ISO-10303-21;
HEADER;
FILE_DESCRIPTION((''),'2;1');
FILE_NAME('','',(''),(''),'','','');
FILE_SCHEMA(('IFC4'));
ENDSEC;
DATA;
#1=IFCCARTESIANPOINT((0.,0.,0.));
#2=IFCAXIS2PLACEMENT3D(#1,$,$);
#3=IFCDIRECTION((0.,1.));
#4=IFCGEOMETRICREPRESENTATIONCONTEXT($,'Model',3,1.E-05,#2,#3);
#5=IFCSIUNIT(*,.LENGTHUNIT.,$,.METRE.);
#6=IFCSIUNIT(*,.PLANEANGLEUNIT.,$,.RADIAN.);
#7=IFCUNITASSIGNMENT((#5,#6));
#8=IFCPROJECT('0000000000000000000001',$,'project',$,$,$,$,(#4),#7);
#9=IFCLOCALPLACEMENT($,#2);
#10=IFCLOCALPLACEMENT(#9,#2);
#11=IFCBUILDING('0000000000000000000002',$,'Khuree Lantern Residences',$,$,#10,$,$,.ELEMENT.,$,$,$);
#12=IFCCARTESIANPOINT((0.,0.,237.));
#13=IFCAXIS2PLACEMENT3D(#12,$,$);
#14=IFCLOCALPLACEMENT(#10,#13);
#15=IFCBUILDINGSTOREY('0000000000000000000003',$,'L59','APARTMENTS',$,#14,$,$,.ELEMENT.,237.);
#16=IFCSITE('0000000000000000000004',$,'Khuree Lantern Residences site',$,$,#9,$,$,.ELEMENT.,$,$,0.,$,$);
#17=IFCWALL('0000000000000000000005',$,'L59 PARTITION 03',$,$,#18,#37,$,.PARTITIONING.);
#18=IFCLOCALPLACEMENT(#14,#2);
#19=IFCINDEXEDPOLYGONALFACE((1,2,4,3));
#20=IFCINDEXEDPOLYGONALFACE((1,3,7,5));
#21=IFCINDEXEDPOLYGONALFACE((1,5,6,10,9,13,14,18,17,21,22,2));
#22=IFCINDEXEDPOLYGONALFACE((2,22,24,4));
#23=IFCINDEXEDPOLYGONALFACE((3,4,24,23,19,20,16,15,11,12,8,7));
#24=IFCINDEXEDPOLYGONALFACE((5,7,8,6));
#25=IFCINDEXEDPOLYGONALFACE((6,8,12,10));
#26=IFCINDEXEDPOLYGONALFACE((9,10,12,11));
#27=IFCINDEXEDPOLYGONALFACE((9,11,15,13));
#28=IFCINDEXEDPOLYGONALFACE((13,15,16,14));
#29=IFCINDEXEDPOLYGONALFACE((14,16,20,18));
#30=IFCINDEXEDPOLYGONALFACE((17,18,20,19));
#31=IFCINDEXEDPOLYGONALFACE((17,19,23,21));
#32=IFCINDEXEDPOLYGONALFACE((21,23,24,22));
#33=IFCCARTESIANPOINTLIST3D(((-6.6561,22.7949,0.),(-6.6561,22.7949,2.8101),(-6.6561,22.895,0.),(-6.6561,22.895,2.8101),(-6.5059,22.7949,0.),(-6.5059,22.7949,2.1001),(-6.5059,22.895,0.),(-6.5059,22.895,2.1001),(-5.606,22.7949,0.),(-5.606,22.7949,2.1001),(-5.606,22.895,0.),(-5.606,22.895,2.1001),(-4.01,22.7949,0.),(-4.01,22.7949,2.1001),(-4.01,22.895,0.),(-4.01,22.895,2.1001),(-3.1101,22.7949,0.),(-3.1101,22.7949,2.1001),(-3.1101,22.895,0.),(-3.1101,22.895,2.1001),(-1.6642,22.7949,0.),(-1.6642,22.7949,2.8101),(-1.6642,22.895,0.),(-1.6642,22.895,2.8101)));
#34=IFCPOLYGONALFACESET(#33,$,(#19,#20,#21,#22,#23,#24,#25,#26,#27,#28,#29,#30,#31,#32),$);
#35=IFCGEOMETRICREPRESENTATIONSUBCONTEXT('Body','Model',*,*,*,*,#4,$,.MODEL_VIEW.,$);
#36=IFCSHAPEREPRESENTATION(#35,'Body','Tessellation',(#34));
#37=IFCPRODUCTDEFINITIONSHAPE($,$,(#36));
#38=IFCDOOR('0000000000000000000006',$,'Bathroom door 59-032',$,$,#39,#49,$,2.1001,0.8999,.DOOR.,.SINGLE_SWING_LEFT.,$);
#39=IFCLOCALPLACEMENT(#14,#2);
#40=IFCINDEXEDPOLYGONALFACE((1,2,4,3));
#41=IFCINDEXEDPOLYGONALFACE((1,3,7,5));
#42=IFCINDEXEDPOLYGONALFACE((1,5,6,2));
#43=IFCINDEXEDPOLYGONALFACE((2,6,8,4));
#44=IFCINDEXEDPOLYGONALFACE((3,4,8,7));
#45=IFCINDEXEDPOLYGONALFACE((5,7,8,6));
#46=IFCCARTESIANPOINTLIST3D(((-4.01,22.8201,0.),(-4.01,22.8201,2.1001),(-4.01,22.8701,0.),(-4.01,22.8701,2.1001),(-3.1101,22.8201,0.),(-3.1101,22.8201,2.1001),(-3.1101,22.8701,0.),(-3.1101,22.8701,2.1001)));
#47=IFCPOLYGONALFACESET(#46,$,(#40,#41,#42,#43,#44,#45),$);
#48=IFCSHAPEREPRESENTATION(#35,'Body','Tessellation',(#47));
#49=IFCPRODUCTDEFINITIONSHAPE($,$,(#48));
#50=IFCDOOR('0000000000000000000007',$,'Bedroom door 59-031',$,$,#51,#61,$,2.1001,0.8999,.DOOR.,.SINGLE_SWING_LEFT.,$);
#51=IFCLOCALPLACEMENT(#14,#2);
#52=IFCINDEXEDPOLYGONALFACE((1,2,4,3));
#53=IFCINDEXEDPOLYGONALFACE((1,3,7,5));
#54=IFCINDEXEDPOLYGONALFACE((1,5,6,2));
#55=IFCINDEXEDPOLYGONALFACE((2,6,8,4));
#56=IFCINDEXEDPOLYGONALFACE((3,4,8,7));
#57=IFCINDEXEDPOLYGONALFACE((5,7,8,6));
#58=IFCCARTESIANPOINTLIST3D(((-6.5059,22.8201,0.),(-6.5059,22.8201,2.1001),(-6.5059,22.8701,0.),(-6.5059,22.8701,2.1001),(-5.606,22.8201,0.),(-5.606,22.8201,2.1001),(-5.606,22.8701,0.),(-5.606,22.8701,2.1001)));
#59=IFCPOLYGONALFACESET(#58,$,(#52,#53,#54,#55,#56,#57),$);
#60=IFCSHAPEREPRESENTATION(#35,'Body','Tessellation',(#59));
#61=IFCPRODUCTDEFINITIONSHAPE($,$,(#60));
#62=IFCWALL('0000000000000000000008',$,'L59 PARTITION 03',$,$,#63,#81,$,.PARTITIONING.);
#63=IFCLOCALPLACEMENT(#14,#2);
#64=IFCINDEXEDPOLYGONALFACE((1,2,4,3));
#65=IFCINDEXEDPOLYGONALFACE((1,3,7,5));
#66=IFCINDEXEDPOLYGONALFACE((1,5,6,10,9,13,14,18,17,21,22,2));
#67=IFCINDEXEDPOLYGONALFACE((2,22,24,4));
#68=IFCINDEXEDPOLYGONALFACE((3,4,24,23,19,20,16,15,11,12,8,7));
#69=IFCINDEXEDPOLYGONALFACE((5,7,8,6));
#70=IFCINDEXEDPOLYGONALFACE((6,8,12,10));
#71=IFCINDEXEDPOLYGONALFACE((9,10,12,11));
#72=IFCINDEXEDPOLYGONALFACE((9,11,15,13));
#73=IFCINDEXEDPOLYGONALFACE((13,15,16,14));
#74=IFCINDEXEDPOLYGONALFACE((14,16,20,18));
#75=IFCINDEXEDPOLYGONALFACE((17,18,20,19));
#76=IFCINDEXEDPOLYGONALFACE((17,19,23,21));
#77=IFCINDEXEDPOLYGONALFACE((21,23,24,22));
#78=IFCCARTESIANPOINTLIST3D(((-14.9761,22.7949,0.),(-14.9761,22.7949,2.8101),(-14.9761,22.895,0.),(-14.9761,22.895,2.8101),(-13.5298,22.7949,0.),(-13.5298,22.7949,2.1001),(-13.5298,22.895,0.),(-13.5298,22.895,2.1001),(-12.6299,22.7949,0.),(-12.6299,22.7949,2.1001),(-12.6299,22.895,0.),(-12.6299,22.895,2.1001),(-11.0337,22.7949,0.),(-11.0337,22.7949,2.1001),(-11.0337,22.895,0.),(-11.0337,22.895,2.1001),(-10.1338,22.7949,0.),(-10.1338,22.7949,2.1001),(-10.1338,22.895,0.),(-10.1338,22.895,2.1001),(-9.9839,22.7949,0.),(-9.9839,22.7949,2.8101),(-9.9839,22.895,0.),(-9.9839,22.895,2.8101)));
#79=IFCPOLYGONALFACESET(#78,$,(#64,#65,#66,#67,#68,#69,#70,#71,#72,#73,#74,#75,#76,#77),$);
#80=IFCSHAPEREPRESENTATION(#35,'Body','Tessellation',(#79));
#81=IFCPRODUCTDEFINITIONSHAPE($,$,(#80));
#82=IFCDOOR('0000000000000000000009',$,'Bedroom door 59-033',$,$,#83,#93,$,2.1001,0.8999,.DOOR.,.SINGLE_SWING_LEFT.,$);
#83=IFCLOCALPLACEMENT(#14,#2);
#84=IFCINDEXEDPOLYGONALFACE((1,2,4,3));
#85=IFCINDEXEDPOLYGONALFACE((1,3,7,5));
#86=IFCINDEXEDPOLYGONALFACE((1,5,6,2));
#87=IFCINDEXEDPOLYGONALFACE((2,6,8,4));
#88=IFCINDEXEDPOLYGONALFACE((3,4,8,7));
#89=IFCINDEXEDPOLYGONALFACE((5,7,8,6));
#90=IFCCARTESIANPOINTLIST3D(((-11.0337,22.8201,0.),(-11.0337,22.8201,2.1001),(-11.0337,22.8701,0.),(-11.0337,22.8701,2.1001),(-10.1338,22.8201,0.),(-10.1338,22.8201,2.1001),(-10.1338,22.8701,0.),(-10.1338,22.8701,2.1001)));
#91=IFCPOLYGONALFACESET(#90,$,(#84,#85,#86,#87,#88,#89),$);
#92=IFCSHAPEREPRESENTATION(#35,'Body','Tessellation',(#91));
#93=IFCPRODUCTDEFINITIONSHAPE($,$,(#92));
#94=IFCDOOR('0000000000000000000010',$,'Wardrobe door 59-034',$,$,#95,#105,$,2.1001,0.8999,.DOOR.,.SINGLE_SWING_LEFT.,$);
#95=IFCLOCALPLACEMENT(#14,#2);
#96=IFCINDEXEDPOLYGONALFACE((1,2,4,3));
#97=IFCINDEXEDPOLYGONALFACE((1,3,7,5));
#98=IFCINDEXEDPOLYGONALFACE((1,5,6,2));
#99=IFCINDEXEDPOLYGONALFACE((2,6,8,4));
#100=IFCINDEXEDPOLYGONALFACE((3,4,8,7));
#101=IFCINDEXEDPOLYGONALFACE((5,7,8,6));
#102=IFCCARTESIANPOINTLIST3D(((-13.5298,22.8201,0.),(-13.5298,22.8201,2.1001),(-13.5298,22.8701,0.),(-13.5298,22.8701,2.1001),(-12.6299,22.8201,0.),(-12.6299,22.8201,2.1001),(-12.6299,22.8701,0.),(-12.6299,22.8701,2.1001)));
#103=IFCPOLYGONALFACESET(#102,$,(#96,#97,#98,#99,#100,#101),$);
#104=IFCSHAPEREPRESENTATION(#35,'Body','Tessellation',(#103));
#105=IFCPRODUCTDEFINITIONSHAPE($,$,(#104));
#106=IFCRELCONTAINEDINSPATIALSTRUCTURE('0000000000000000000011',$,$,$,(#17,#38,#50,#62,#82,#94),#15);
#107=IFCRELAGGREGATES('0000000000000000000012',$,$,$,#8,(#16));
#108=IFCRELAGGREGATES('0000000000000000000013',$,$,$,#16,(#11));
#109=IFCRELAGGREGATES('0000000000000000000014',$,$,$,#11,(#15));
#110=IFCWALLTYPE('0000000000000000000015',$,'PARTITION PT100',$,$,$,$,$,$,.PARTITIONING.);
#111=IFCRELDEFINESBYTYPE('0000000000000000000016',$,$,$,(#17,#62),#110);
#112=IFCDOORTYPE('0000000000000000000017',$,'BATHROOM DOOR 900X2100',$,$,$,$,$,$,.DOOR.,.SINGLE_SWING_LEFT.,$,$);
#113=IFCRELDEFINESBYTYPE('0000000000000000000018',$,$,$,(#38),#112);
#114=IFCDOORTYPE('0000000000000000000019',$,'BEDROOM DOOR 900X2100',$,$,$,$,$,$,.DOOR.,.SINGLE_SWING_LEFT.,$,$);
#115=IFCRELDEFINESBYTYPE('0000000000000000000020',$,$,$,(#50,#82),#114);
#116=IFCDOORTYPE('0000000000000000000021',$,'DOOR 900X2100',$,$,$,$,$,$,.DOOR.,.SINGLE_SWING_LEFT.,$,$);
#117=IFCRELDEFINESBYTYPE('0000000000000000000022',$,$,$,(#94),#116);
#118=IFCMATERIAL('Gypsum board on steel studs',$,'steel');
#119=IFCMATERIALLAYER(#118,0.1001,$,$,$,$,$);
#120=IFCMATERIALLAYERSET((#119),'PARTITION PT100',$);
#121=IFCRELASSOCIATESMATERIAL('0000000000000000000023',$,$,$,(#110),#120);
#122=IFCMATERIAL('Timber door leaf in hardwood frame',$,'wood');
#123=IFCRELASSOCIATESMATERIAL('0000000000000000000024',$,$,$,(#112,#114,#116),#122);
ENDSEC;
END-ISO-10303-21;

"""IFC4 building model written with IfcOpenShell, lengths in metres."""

from ifc_helpers import new_model, si_unit, direction, frame, frame_2d, origin, place, context, subcontext, project, spatial, rectangle, extrude, material, layer, layer_set, type_object, element, fill, save


model = new_model("IFC4")

# Units and contexts
model_context = context("Model", 3, precision=1e-05, world=origin(), true_north=direction((0.0, 1.0)))
body_context = subcontext(model_context, "Body", "Model", "MODEL_VIEW")
ifc_project = project(units=[si_unit("LENGTHUNIT", "METRE"), si_unit("PLANEANGLEUNIT", "RADIAN")], contexts=[model_context])

# Site, building, storey
site_placement = place(None, origin())
site = spatial("IfcSite", under=ifc_project, at=site_placement, Name="Khuree Lantern Residences site", CompositionType="ELEMENT", RefElevation=0.0)
building_placement = place(site_placement, origin())
building = spatial("IfcBuilding", under=site, at=building_placement, Name="Khuree Lantern Residences", CompositionType="ELEMENT")
storey_placement = place(building_placement, frame((0.0, 0.0, 237.0)))
storey = spatial("IfcBuildingStorey", under=building, at=storey_placement, Name="L59", Description="APARTMENTS", CompositionType="ELEMENT", Elevation=237.0)

# Walls, openings, doors
ifc_material_1 = material(Name="Gypsum board on steel studs", Category="steel")
ifc_layer_1 = layer(ifc_material_1, 0.1001)
ifc_layer_set_1 = layer_set([ifc_layer_1], Name="PARTITION PT100")
wall_type_1 = type_object("IfcWallType", Name="PARTITION PT100", PredefinedType="PARTITIONING", material=ifc_layer_set_1)
wall_1_placement = place(storey_placement, frame((-1.6641, 22.845, 0.0), z_axis=(0.0, 0.0, 1.0), x_axis=(-1.0, 0.0, 0.0)))
wall_1 = element("IfcWall", 1, at=wall_1_placement, inside=storey, type_object=wall_type_1, Name="L59 PARTITION 03", PredefinedType="PARTITIONING", context=body_context, shape_type="SweptSolid", body=[
    extrude(rectangle(XDim=4.9919, YDim=0.1001, at=frame_2d((2.4961, 0.0))), origin(), (0.0, 0.0, 1.0), 2.8101),
])
opening_1_placement = place(wall_1_placement, frame((3.9419, 0.0, 0.0)))
opening_1 = element("IfcOpeningElement", 2, at=opening_1_placement, cuts=wall_1, PredefinedType="OPENING", context=body_context, shape_type="SweptSolid", body=[
    extrude(rectangle(XDim=0.8999, YDim=2.1001, at=frame_2d((0.45, 1.05))), frame((0.0, 0.0601, 0.0), z_axis=(0.0, -1.0, 0.0), x_axis=(1.0, 0.0, 0.0)), (0.0, 0.0, 1.0), 0.1201),
])
opening_2_placement = place(wall_1_placement, frame((1.446, 0.0, 0.0)))
opening_2 = element("IfcOpeningElement", 3, at=opening_2_placement, cuts=wall_1, PredefinedType="OPENING", context=body_context, shape_type="SweptSolid", body=[
    extrude(rectangle(XDim=0.8999, YDim=2.1001, at=frame_2d((0.45, 1.05))), frame((0.0, 0.0601, 0.0), z_axis=(0.0, -1.0, 0.0), x_axis=(1.0, 0.0, 0.0)), (0.0, 0.0, 1.0), 0.1201),
])
ifc_material_2 = material(Name="Timber door leaf in hardwood frame", Category="wood")
door_type_1 = type_object("IfcDoorType", Name="BATHROOM DOOR 900X2100", OperationType="SINGLE_SWING_LEFT", PredefinedType="DOOR", material=ifc_material_2)
door_1_placement = place(opening_2_placement, origin())
door_1 = element("IfcDoor", 4, at=door_1_placement, inside=storey, type_object=door_type_1, Name="Bathroom door 59-032", OperationType="SINGLE_SWING_LEFT", OverallHeight=2.1001, OverallWidth=0.8999, PredefinedType="DOOR", context=body_context, shape_type="SweptSolid", body=[
    extrude(rectangle(XDim=0.8999, YDim=2.1001, at=frame_2d((0.45, 1.05))), frame((0.0, 0.0249, 0.0), z_axis=(0.0, -1.0, 0.0), x_axis=(1.0, 0.0, 0.0)), (0.0, 0.0, 1.0), 0.05),
])
fill(opening_2, door_1)
door_type_2 = type_object("IfcDoorType", Name="BEDROOM DOOR 900X2100", OperationType="SINGLE_SWING_LEFT", PredefinedType="DOOR", material=ifc_material_2)
door_2_placement = place(opening_1_placement, origin())
door_2 = element("IfcDoor", 5, at=door_2_placement, inside=storey, type_object=door_type_2, Name="Bedroom door 59-031", OperationType="SINGLE_SWING_LEFT", OverallHeight=2.1001, OverallWidth=0.8999, PredefinedType="DOOR", context=body_context, shape_type="SweptSolid", body=[
    extrude(rectangle(XDim=0.8999, YDim=2.1001, at=frame_2d((0.45, 1.05))), frame((0.0, 0.0249, 0.0), z_axis=(0.0, -1.0, 0.0), x_axis=(1.0, 0.0, 0.0)), (0.0, 0.0, 1.0), 0.05),
])
fill(opening_1, door_2)
wall_2_placement = place(storey_placement, frame((-9.9839, 22.845, 0.0), z_axis=(0.0, 0.0, 1.0), x_axis=(-1.0, 0.0, 0.0)))
wall_2 = element("IfcWall", 6, at=wall_2_placement, inside=storey, type_object=wall_type_1, Name="L59 PARTITION 03", PredefinedType="PARTITIONING", context=body_context, shape_type="SweptSolid", body=[
    extrude(rectangle(XDim=4.9922, YDim=0.1001, at=frame_2d((2.4961, 0.0))), origin(), (0.0, 0.0, 1.0), 2.8101),
])
opening_3_placement = place(wall_2_placement, frame((0.1499, 0.0, 0.0)))
opening_3 = element("IfcOpeningElement", 7, at=opening_3_placement, cuts=wall_2, PredefinedType="OPENING", context=body_context, shape_type="SweptSolid", body=[
    extrude(rectangle(XDim=0.8999, YDim=2.1001, at=frame_2d((0.45, 1.05))), frame((0.0, 0.0601, 0.0), z_axis=(0.0, -1.0, 0.0), x_axis=(1.0, 0.0, 0.0)), (0.0, 0.0, 1.0), 0.1201),
])
opening_4_placement = place(wall_2_placement, frame((2.646, 0.0, 0.0)))
opening_4 = element("IfcOpeningElement", 8, at=opening_4_placement, cuts=wall_2, PredefinedType="OPENING", context=body_context, shape_type="SweptSolid", body=[
    extrude(rectangle(XDim=0.8999, YDim=2.1001, at=frame_2d((0.45, 1.05))), frame((0.0, 0.0601, 0.0), z_axis=(0.0, -1.0, 0.0), x_axis=(1.0, 0.0, 0.0)), (0.0, 0.0, 1.0), 0.1201),
])
door_3_placement = place(opening_3_placement, origin())
door_3 = element("IfcDoor", 9, at=door_3_placement, inside=storey, type_object=door_type_2, Name="Bedroom door 59-033", OperationType="SINGLE_SWING_LEFT", OverallHeight=2.1001, OverallWidth=0.8999, PredefinedType="DOOR", context=body_context, shape_type="SweptSolid", body=[
    extrude(rectangle(XDim=0.8999, YDim=2.1001, at=frame_2d((0.45, 1.05))), frame((0.0, 0.0249, 0.0), z_axis=(0.0, -1.0, 0.0), x_axis=(1.0, 0.0, 0.0)), (0.0, 0.0, 1.0), 0.05),
])
fill(opening_3, door_3)
door_type_3 = type_object("IfcDoorType", Name="DOOR 900X2100", OperationType="SINGLE_SWING_LEFT", PredefinedType="DOOR", material=ifc_material_2)
door_4_placement = place(opening_4_placement, origin())
door_4 = element("IfcDoor", 10, at=door_4_placement, inside=storey, type_object=door_type_3, Name="Wardrobe door 59-034", OperationType="SINGLE_SWING_LEFT", OverallHeight=2.1001, OverallWidth=0.8999, PredefinedType="DOOR", context=body_context, shape_type="SweptSolid", body=[
    extrude(rectangle(XDim=0.8999, YDim=2.1001, at=frame_2d((0.45, 1.05))), frame((0.0, 0.0249, 0.0), z_axis=(0.0, -1.0, 0.0), x_axis=(1.0, 0.0, 0.0)), (0.0, 0.0, 1.0), 0.05),
])
fill(opening_4, door_4)

save(model, "model.ifc")
